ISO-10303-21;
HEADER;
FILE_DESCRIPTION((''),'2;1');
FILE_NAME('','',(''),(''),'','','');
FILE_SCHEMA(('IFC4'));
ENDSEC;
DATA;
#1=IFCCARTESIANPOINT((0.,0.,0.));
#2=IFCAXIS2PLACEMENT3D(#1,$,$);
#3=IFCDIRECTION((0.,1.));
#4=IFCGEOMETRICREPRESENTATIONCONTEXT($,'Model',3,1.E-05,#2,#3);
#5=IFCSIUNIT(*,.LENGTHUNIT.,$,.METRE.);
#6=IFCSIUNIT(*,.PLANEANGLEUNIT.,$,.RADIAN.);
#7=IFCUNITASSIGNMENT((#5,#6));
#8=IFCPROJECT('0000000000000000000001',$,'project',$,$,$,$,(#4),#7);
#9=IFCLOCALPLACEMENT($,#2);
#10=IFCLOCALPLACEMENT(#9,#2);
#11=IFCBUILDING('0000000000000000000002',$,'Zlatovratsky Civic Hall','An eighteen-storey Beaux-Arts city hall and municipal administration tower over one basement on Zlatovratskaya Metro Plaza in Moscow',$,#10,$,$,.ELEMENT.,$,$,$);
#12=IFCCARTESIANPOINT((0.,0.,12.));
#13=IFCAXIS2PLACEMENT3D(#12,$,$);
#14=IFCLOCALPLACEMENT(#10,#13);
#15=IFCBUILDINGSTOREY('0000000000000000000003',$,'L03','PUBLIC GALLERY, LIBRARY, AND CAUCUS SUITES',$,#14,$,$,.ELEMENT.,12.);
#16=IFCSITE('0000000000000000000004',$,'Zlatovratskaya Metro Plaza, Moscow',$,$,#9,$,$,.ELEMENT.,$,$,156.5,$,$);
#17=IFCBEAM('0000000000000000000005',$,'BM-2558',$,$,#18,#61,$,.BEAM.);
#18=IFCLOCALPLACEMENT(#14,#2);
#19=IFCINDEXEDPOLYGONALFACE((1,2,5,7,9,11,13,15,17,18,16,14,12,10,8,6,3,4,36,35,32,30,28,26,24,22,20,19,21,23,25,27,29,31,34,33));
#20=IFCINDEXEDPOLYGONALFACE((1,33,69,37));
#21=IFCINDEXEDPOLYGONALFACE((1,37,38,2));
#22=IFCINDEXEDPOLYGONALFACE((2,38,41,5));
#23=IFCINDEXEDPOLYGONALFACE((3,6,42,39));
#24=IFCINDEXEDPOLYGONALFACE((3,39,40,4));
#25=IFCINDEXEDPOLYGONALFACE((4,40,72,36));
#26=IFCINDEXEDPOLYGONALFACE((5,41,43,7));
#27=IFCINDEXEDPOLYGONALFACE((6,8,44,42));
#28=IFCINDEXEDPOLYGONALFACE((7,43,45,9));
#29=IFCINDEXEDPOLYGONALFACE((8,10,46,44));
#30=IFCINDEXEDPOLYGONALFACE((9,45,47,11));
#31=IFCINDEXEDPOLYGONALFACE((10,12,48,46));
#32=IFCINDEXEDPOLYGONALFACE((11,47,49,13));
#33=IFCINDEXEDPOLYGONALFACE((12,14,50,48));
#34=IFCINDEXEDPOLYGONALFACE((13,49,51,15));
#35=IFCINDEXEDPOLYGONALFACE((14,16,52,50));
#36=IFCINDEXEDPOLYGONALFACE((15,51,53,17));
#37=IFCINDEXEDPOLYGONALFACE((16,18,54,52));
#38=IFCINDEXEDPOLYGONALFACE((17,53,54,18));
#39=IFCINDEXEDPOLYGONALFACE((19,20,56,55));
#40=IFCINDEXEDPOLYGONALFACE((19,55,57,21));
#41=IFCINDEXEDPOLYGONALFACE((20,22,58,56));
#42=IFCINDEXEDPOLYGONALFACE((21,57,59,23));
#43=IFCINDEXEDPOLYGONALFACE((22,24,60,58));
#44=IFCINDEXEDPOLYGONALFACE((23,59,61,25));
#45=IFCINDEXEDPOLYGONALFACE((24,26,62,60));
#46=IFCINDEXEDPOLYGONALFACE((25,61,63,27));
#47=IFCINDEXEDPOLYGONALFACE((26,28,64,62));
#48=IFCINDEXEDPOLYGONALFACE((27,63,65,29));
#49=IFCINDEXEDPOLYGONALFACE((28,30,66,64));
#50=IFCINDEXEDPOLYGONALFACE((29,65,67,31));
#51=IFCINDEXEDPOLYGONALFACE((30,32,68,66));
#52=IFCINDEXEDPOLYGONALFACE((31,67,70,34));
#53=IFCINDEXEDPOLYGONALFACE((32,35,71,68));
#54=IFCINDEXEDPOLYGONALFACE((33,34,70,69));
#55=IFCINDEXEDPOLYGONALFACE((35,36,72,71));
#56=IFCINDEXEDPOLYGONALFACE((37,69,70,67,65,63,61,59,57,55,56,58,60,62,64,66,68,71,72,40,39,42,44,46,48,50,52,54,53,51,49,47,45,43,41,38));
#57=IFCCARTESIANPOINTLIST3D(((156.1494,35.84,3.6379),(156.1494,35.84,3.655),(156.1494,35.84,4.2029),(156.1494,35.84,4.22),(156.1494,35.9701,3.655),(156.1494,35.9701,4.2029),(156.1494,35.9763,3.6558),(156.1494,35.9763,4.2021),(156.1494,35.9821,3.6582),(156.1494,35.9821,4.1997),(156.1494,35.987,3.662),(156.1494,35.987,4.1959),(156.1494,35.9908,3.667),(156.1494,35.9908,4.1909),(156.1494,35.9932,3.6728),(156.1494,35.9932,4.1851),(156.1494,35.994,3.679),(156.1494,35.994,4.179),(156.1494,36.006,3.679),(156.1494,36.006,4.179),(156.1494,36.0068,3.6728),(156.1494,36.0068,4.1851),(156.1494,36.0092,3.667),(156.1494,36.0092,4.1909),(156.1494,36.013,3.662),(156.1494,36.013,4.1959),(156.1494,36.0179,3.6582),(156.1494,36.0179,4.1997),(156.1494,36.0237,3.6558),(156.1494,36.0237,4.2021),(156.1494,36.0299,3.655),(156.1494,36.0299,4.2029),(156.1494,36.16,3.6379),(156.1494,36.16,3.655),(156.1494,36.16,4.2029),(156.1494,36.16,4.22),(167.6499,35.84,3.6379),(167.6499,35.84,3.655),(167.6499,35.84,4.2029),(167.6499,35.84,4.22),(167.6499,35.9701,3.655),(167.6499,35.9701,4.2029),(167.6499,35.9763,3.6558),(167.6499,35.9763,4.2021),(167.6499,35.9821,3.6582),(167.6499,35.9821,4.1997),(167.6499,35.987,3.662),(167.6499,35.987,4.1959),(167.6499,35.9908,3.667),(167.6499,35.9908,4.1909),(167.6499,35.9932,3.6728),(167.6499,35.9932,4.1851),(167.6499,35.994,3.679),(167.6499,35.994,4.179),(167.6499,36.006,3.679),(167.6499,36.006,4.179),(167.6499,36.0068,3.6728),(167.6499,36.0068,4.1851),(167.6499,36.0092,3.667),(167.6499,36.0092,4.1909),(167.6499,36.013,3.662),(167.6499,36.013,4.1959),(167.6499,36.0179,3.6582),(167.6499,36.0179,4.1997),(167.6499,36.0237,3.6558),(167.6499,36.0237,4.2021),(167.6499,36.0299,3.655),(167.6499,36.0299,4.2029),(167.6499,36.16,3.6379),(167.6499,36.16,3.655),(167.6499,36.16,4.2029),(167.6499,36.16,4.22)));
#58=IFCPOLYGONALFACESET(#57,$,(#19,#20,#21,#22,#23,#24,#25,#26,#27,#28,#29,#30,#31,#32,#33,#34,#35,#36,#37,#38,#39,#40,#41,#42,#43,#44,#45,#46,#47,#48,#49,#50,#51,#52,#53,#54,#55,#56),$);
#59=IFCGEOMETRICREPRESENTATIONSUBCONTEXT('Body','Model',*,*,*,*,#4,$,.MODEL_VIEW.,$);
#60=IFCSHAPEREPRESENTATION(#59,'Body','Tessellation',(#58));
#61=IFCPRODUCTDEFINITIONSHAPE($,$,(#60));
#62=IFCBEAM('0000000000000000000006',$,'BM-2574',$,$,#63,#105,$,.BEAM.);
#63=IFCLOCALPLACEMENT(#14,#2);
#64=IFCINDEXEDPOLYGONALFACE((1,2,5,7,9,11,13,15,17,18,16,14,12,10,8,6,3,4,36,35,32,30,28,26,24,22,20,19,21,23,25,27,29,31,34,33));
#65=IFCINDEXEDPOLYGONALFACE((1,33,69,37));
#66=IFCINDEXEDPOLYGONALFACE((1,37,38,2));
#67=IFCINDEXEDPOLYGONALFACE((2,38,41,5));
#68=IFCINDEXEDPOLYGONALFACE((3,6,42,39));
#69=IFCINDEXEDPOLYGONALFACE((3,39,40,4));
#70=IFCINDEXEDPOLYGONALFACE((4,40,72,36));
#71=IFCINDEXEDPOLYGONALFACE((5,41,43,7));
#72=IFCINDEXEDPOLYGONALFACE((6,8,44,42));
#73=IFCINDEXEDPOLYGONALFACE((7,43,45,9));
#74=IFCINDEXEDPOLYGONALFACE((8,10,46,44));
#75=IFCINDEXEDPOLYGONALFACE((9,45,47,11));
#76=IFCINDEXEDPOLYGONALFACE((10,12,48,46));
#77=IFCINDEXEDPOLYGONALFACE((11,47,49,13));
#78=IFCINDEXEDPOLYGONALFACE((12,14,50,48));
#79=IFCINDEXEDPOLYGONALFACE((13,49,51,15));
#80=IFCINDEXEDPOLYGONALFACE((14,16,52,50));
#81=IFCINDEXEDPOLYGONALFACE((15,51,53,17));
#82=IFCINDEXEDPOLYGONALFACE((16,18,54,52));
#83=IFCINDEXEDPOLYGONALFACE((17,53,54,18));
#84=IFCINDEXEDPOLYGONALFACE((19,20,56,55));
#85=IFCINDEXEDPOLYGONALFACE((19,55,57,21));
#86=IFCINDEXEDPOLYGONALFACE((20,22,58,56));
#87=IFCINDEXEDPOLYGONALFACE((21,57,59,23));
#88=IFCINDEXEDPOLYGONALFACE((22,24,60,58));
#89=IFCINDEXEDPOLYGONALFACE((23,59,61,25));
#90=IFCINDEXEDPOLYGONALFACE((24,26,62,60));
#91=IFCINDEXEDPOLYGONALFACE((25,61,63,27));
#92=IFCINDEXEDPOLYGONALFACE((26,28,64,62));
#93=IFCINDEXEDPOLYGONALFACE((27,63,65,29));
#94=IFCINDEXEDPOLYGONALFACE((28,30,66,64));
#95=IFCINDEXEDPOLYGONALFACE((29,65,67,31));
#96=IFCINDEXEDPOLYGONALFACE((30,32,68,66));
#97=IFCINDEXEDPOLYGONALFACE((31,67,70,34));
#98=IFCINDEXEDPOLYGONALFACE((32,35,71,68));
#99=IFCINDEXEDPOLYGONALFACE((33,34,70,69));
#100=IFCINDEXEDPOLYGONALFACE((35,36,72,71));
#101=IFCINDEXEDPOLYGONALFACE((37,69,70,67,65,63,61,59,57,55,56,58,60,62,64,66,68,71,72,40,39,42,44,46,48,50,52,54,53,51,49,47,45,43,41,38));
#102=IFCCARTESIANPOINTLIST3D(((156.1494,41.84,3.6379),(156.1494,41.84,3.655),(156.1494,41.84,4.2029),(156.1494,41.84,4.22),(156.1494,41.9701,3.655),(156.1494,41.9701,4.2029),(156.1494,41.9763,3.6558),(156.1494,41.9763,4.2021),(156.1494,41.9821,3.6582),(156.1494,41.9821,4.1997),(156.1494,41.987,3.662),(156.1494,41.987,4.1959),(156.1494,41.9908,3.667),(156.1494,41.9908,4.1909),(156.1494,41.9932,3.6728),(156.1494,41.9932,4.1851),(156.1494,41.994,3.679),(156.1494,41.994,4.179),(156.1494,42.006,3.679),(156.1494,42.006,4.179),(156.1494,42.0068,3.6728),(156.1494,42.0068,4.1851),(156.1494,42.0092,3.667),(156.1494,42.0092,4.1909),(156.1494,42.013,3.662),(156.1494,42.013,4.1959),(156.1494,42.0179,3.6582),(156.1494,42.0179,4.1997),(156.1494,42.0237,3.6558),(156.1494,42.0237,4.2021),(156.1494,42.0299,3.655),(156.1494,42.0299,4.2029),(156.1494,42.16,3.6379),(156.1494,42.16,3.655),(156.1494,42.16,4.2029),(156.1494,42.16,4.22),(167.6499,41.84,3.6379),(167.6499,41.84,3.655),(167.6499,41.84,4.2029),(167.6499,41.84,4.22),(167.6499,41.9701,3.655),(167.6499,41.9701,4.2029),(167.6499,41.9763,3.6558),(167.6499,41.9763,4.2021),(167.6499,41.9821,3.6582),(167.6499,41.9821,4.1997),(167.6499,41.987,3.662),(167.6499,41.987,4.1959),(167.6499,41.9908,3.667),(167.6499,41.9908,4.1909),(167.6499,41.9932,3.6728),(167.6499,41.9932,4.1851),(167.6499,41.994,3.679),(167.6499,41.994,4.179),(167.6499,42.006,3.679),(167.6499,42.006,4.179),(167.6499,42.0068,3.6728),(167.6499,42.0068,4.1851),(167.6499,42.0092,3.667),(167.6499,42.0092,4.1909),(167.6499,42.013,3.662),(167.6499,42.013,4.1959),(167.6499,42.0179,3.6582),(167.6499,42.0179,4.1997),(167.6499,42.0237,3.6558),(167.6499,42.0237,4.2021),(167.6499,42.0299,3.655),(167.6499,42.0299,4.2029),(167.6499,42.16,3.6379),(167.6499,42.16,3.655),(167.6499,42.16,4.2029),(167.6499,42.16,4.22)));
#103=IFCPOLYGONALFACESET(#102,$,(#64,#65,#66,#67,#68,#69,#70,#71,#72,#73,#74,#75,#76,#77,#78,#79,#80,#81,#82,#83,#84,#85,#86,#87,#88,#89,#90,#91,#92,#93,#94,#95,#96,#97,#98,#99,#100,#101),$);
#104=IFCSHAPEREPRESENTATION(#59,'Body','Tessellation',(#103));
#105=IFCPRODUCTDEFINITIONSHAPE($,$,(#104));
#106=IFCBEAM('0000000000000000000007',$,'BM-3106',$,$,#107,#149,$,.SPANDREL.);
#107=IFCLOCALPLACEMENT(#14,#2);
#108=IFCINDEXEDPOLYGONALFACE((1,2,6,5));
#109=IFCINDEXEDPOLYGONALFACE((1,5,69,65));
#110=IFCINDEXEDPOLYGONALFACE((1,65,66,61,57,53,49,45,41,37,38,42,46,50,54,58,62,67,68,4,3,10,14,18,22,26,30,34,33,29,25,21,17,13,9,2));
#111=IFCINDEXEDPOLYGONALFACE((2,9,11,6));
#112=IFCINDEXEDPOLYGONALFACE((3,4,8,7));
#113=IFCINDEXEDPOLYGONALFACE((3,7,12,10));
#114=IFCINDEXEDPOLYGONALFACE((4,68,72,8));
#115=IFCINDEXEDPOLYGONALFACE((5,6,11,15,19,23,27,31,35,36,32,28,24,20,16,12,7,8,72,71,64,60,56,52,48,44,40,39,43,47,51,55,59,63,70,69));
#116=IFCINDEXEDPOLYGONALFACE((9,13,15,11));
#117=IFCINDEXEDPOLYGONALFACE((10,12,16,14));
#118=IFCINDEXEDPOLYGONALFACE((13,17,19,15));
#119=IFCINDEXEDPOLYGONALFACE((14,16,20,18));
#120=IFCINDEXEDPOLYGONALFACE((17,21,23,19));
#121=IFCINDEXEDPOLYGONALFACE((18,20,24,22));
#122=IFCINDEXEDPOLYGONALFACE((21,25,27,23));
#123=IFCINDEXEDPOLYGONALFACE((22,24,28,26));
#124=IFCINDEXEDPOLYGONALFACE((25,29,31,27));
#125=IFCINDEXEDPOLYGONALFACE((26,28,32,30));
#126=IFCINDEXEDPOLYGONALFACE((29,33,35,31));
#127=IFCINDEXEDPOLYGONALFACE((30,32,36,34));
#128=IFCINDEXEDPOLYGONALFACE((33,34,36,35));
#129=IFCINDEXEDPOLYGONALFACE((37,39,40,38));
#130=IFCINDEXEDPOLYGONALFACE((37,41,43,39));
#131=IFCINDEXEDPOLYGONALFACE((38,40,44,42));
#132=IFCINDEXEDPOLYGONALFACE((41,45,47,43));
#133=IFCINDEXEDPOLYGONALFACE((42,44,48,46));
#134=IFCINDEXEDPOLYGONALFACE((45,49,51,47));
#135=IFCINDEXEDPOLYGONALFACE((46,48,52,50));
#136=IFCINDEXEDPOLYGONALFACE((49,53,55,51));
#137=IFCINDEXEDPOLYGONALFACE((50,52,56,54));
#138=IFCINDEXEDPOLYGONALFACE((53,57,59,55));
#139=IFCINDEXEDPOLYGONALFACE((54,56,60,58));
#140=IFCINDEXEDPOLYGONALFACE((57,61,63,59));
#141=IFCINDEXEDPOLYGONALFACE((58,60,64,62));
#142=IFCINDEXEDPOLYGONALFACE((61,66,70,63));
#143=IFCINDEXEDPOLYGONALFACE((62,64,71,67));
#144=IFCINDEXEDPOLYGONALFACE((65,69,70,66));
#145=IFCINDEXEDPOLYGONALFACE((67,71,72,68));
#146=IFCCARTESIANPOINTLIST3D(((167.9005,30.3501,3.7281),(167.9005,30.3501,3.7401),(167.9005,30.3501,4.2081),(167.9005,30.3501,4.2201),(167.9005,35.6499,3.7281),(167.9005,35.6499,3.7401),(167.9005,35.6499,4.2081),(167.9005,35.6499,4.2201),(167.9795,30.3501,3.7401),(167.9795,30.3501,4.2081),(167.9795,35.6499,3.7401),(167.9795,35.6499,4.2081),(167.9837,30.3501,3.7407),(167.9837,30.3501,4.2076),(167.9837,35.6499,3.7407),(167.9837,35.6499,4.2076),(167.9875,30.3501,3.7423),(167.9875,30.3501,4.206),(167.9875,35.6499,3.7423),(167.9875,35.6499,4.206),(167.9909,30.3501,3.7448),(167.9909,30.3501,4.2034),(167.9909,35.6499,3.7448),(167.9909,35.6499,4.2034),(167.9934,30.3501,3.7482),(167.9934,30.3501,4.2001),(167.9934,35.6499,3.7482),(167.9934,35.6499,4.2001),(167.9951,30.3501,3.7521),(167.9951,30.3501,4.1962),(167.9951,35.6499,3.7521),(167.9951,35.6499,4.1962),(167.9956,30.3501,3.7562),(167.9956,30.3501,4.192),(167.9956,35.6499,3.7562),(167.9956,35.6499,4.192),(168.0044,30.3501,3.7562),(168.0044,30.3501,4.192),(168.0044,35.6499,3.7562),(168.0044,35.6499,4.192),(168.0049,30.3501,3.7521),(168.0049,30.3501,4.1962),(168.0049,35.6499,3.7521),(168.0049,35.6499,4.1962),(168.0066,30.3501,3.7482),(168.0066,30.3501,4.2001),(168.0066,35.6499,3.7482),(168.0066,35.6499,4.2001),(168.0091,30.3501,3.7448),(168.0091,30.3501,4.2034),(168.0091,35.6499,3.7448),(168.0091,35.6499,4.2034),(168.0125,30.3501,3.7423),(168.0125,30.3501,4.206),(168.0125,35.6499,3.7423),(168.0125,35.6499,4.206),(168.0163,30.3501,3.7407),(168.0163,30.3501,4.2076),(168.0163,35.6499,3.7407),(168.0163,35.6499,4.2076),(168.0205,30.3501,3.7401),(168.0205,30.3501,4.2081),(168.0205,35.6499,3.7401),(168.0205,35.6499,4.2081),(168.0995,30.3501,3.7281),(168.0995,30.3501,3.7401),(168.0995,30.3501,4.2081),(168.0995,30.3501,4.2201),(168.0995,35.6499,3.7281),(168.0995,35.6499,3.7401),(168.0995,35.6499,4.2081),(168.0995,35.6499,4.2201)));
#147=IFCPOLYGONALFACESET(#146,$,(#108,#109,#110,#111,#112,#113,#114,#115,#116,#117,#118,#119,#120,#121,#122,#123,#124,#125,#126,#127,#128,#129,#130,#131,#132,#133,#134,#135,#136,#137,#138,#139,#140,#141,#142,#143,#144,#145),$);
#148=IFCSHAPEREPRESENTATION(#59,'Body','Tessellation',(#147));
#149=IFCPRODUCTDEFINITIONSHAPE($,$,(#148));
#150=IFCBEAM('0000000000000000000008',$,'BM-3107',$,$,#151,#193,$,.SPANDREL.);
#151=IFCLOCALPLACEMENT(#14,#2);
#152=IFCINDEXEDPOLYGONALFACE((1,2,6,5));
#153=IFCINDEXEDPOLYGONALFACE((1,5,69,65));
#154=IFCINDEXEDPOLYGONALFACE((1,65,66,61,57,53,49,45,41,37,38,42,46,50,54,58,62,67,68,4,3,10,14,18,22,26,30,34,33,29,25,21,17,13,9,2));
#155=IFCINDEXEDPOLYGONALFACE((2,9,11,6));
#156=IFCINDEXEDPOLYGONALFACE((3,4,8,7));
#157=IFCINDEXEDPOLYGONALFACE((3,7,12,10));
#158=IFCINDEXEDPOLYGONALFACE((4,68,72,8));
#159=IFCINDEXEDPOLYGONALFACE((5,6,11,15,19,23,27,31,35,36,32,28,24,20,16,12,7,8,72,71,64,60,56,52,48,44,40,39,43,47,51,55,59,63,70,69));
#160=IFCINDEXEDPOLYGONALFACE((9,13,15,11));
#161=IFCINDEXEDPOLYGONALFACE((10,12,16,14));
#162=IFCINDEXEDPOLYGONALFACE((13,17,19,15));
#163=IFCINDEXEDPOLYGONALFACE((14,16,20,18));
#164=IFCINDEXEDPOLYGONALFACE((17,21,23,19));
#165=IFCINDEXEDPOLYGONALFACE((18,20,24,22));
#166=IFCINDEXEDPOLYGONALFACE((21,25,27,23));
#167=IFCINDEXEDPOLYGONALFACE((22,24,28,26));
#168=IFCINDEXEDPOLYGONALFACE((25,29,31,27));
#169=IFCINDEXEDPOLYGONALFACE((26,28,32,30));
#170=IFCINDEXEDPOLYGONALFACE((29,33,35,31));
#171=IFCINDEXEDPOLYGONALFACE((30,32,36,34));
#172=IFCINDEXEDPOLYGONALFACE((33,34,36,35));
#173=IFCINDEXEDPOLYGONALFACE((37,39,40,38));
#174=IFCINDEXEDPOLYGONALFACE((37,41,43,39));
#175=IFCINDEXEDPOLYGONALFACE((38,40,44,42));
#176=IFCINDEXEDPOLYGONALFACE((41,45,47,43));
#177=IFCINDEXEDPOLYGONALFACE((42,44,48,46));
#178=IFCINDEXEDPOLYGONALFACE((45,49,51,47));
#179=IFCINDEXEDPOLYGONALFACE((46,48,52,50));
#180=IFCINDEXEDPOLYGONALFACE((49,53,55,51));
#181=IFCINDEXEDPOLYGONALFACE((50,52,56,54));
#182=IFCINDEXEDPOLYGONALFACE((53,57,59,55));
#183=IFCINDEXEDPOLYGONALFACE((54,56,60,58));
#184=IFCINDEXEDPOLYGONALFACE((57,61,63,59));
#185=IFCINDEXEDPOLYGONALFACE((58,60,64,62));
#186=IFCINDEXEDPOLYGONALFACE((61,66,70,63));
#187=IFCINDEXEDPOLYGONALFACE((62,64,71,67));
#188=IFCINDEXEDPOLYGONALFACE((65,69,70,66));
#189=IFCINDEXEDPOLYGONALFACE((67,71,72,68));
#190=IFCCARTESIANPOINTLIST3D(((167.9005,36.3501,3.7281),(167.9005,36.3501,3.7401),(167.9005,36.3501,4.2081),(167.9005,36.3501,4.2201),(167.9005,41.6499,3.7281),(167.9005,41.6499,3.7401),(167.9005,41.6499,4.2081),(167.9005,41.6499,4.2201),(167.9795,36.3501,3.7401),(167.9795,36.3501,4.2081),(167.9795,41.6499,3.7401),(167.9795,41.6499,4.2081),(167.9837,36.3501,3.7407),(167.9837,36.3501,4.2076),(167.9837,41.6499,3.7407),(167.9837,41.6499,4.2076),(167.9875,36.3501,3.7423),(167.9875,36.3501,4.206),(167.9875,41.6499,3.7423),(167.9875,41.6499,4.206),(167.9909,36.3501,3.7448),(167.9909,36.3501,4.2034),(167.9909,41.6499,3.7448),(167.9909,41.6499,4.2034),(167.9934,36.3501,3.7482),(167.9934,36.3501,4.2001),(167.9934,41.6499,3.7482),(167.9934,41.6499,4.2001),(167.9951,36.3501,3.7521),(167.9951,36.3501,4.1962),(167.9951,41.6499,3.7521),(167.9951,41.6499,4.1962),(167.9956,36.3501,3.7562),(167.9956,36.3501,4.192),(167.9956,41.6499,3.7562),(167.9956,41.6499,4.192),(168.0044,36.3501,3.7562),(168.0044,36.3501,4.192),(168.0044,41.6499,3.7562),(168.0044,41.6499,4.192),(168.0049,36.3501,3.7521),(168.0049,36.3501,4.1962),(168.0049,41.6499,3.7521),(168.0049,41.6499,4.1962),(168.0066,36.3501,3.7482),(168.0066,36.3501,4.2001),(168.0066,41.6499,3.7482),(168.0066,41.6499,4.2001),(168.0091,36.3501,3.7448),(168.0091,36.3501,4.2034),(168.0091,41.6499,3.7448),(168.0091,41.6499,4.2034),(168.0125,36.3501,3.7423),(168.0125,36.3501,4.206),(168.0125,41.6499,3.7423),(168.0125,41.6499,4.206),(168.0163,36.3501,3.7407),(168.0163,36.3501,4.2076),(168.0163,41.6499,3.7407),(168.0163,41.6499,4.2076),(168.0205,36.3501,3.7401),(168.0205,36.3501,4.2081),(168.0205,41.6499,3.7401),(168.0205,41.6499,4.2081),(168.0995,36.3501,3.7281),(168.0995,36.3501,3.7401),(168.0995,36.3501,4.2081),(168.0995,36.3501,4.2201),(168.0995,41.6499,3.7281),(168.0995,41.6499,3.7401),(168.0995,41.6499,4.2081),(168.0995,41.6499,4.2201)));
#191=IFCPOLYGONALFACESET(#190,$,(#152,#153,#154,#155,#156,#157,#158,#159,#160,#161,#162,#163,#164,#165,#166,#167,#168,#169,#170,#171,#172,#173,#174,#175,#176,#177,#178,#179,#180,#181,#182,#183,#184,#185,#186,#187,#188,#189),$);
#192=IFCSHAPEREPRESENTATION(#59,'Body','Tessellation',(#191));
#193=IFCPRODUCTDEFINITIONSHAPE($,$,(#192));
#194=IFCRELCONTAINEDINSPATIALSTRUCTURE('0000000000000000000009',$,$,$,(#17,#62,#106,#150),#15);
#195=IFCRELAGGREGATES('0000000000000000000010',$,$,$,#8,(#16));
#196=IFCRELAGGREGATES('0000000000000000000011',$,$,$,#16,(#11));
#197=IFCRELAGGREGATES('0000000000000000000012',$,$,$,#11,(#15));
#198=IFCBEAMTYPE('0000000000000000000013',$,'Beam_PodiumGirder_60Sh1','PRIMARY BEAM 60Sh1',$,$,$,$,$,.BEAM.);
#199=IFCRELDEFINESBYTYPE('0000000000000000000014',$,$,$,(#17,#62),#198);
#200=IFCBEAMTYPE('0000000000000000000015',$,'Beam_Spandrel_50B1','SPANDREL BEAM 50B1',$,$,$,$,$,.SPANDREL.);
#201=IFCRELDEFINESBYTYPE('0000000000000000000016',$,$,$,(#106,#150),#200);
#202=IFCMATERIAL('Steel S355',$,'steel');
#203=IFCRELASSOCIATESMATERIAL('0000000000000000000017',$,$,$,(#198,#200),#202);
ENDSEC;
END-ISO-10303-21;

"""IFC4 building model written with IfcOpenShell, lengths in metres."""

from ifc_helpers import new_model, si_unit, direction, frame, origin, origin_2d, place, context, subcontext, project, spatial, i_section, extrude, material, material_profile, profile_set, type_object, element, save


model = new_model("IFC4")

# Units and contexts
model_context = context("Model", 3, precision=1e-05, world=origin(), true_north=direction((0.0, 1.0)))
body_context = subcontext(model_context, "Body", "Model", "MODEL_VIEW")
ifc_project = project(units=[si_unit("LENGTHUNIT", "METRE"), si_unit("PLANEANGLEUNIT", "RADIAN")], contexts=[model_context])

# Site, building, storey
site_placement = place(None, origin())
site = spatial("IfcSite", under=ifc_project, at=site_placement, Name="Zlatovratskaya Metro Plaza, Moscow", CompositionType="ELEMENT", RefElevation=156.5)
building_placement = place(site_placement, origin())
building = spatial("IfcBuilding", under=site, at=building_placement, Name="Zlatovratsky Civic Hall", Description="An eighteen-storey Beaux-Arts city hall and municipal administration tower over one basement on Zlatovratskaya Metro Plaza in Moscow", CompositionType="ELEMENT")
storey_placement = place(building_placement, frame((0.0, 0.0, 12.0)))
storey = spatial("IfcBuildingStorey", under=building, at=storey_placement, Name="L03", Description="PUBLIC GALLERY, LIBRARY, AND CAUCUS SUITES", CompositionType="ELEMENT", Elevation=12.0)

# Shared definitions
ifc_material_1 = material(Name="Steel S355", Category="steel")

# Beams
ifc_material_profile_1 = material_profile(ifc_material_1, i_section(OverallWidth=0.3201, OverallDepth=0.582, WebThickness=0.012, FlangeThickness=0.0171, FilletRadius=0.0239, at=origin_2d()), Name="60Sh1")
ifc_profile_set_1 = profile_set([ifc_material_profile_1], Name="Steel S355")
beam_type_1 = type_object("IfcBeamType", Name="Beam_PodiumGirder_60Sh1", Description="PRIMARY BEAM 60Sh1", PredefinedType="BEAM", material=ifc_profile_set_1)
for number, where, z_axis, x_axis, name in (
    (1, (156.1494, 36.0, 3.929), (1.0, 0.0, 0.0), (0.0, 1.0, 0.0), "BM-2558"),
    (2, (156.1494, 42.0, 3.929), (1.0, 0.0, 0.0), (0.0, 1.0, 0.0), "BM-2574"),
):
    element("IfcBeam", number, at=place(storey_placement, frame(where, z_axis=z_axis, x_axis=x_axis)), inside=storey, type_object=beam_type_1, Name=name, PredefinedType="BEAM", context=body_context, shape_type="SweptSolid", body=[
        extrude(i_section(OverallWidth=0.3201, OverallDepth=0.582, WebThickness=0.012, FlangeThickness=0.0171, FilletRadius=0.0239, at=origin_2d()), origin(), (0.0, 0.0, 1.0), 11.5005),
    ])
ifc_material_profile_2 = material_profile(ifc_material_1, i_section(OverallWidth=0.199, OverallDepth=0.4919, WebThickness=0.0088, FlangeThickness=0.012, FilletRadius=0.0161, at=origin_2d()), Name="50B1")
ifc_profile_set_2 = profile_set([ifc_material_profile_2], Name="Steel S355")
beam_type_2 = type_object("IfcBeamType", Name="Beam_Spandrel_50B1", Description="SPANDREL BEAM 50B1", PredefinedType="SPANDREL", material=ifc_profile_set_2)
for number, where, z_axis, x_axis, name in (
    (3, (168.0, 30.3501, 3.9741), (0.0, 1.0, 0.0), (-1.0, 0.0, 0.0), "BM-3106"),
    (4, (168.0, 36.3501, 3.9741), (0.0, 1.0, 0.0), (-1.0, 0.0, 0.0), "BM-3107"),
):
    element("IfcBeam", number, at=place(storey_placement, frame(where, z_axis=z_axis, x_axis=x_axis)), inside=storey, type_object=beam_type_2, Name=name, PredefinedType="SPANDREL", context=body_context, shape_type="SweptSolid", body=[
        extrude(i_section(OverallWidth=0.199, OverallDepth=0.4919, WebThickness=0.0088, FlangeThickness=0.012, FilletRadius=0.0161, at=origin_2d()), origin(), (0.0, 0.0, 1.0), 5.2998),
    ])

save(model, "model.ifc")
